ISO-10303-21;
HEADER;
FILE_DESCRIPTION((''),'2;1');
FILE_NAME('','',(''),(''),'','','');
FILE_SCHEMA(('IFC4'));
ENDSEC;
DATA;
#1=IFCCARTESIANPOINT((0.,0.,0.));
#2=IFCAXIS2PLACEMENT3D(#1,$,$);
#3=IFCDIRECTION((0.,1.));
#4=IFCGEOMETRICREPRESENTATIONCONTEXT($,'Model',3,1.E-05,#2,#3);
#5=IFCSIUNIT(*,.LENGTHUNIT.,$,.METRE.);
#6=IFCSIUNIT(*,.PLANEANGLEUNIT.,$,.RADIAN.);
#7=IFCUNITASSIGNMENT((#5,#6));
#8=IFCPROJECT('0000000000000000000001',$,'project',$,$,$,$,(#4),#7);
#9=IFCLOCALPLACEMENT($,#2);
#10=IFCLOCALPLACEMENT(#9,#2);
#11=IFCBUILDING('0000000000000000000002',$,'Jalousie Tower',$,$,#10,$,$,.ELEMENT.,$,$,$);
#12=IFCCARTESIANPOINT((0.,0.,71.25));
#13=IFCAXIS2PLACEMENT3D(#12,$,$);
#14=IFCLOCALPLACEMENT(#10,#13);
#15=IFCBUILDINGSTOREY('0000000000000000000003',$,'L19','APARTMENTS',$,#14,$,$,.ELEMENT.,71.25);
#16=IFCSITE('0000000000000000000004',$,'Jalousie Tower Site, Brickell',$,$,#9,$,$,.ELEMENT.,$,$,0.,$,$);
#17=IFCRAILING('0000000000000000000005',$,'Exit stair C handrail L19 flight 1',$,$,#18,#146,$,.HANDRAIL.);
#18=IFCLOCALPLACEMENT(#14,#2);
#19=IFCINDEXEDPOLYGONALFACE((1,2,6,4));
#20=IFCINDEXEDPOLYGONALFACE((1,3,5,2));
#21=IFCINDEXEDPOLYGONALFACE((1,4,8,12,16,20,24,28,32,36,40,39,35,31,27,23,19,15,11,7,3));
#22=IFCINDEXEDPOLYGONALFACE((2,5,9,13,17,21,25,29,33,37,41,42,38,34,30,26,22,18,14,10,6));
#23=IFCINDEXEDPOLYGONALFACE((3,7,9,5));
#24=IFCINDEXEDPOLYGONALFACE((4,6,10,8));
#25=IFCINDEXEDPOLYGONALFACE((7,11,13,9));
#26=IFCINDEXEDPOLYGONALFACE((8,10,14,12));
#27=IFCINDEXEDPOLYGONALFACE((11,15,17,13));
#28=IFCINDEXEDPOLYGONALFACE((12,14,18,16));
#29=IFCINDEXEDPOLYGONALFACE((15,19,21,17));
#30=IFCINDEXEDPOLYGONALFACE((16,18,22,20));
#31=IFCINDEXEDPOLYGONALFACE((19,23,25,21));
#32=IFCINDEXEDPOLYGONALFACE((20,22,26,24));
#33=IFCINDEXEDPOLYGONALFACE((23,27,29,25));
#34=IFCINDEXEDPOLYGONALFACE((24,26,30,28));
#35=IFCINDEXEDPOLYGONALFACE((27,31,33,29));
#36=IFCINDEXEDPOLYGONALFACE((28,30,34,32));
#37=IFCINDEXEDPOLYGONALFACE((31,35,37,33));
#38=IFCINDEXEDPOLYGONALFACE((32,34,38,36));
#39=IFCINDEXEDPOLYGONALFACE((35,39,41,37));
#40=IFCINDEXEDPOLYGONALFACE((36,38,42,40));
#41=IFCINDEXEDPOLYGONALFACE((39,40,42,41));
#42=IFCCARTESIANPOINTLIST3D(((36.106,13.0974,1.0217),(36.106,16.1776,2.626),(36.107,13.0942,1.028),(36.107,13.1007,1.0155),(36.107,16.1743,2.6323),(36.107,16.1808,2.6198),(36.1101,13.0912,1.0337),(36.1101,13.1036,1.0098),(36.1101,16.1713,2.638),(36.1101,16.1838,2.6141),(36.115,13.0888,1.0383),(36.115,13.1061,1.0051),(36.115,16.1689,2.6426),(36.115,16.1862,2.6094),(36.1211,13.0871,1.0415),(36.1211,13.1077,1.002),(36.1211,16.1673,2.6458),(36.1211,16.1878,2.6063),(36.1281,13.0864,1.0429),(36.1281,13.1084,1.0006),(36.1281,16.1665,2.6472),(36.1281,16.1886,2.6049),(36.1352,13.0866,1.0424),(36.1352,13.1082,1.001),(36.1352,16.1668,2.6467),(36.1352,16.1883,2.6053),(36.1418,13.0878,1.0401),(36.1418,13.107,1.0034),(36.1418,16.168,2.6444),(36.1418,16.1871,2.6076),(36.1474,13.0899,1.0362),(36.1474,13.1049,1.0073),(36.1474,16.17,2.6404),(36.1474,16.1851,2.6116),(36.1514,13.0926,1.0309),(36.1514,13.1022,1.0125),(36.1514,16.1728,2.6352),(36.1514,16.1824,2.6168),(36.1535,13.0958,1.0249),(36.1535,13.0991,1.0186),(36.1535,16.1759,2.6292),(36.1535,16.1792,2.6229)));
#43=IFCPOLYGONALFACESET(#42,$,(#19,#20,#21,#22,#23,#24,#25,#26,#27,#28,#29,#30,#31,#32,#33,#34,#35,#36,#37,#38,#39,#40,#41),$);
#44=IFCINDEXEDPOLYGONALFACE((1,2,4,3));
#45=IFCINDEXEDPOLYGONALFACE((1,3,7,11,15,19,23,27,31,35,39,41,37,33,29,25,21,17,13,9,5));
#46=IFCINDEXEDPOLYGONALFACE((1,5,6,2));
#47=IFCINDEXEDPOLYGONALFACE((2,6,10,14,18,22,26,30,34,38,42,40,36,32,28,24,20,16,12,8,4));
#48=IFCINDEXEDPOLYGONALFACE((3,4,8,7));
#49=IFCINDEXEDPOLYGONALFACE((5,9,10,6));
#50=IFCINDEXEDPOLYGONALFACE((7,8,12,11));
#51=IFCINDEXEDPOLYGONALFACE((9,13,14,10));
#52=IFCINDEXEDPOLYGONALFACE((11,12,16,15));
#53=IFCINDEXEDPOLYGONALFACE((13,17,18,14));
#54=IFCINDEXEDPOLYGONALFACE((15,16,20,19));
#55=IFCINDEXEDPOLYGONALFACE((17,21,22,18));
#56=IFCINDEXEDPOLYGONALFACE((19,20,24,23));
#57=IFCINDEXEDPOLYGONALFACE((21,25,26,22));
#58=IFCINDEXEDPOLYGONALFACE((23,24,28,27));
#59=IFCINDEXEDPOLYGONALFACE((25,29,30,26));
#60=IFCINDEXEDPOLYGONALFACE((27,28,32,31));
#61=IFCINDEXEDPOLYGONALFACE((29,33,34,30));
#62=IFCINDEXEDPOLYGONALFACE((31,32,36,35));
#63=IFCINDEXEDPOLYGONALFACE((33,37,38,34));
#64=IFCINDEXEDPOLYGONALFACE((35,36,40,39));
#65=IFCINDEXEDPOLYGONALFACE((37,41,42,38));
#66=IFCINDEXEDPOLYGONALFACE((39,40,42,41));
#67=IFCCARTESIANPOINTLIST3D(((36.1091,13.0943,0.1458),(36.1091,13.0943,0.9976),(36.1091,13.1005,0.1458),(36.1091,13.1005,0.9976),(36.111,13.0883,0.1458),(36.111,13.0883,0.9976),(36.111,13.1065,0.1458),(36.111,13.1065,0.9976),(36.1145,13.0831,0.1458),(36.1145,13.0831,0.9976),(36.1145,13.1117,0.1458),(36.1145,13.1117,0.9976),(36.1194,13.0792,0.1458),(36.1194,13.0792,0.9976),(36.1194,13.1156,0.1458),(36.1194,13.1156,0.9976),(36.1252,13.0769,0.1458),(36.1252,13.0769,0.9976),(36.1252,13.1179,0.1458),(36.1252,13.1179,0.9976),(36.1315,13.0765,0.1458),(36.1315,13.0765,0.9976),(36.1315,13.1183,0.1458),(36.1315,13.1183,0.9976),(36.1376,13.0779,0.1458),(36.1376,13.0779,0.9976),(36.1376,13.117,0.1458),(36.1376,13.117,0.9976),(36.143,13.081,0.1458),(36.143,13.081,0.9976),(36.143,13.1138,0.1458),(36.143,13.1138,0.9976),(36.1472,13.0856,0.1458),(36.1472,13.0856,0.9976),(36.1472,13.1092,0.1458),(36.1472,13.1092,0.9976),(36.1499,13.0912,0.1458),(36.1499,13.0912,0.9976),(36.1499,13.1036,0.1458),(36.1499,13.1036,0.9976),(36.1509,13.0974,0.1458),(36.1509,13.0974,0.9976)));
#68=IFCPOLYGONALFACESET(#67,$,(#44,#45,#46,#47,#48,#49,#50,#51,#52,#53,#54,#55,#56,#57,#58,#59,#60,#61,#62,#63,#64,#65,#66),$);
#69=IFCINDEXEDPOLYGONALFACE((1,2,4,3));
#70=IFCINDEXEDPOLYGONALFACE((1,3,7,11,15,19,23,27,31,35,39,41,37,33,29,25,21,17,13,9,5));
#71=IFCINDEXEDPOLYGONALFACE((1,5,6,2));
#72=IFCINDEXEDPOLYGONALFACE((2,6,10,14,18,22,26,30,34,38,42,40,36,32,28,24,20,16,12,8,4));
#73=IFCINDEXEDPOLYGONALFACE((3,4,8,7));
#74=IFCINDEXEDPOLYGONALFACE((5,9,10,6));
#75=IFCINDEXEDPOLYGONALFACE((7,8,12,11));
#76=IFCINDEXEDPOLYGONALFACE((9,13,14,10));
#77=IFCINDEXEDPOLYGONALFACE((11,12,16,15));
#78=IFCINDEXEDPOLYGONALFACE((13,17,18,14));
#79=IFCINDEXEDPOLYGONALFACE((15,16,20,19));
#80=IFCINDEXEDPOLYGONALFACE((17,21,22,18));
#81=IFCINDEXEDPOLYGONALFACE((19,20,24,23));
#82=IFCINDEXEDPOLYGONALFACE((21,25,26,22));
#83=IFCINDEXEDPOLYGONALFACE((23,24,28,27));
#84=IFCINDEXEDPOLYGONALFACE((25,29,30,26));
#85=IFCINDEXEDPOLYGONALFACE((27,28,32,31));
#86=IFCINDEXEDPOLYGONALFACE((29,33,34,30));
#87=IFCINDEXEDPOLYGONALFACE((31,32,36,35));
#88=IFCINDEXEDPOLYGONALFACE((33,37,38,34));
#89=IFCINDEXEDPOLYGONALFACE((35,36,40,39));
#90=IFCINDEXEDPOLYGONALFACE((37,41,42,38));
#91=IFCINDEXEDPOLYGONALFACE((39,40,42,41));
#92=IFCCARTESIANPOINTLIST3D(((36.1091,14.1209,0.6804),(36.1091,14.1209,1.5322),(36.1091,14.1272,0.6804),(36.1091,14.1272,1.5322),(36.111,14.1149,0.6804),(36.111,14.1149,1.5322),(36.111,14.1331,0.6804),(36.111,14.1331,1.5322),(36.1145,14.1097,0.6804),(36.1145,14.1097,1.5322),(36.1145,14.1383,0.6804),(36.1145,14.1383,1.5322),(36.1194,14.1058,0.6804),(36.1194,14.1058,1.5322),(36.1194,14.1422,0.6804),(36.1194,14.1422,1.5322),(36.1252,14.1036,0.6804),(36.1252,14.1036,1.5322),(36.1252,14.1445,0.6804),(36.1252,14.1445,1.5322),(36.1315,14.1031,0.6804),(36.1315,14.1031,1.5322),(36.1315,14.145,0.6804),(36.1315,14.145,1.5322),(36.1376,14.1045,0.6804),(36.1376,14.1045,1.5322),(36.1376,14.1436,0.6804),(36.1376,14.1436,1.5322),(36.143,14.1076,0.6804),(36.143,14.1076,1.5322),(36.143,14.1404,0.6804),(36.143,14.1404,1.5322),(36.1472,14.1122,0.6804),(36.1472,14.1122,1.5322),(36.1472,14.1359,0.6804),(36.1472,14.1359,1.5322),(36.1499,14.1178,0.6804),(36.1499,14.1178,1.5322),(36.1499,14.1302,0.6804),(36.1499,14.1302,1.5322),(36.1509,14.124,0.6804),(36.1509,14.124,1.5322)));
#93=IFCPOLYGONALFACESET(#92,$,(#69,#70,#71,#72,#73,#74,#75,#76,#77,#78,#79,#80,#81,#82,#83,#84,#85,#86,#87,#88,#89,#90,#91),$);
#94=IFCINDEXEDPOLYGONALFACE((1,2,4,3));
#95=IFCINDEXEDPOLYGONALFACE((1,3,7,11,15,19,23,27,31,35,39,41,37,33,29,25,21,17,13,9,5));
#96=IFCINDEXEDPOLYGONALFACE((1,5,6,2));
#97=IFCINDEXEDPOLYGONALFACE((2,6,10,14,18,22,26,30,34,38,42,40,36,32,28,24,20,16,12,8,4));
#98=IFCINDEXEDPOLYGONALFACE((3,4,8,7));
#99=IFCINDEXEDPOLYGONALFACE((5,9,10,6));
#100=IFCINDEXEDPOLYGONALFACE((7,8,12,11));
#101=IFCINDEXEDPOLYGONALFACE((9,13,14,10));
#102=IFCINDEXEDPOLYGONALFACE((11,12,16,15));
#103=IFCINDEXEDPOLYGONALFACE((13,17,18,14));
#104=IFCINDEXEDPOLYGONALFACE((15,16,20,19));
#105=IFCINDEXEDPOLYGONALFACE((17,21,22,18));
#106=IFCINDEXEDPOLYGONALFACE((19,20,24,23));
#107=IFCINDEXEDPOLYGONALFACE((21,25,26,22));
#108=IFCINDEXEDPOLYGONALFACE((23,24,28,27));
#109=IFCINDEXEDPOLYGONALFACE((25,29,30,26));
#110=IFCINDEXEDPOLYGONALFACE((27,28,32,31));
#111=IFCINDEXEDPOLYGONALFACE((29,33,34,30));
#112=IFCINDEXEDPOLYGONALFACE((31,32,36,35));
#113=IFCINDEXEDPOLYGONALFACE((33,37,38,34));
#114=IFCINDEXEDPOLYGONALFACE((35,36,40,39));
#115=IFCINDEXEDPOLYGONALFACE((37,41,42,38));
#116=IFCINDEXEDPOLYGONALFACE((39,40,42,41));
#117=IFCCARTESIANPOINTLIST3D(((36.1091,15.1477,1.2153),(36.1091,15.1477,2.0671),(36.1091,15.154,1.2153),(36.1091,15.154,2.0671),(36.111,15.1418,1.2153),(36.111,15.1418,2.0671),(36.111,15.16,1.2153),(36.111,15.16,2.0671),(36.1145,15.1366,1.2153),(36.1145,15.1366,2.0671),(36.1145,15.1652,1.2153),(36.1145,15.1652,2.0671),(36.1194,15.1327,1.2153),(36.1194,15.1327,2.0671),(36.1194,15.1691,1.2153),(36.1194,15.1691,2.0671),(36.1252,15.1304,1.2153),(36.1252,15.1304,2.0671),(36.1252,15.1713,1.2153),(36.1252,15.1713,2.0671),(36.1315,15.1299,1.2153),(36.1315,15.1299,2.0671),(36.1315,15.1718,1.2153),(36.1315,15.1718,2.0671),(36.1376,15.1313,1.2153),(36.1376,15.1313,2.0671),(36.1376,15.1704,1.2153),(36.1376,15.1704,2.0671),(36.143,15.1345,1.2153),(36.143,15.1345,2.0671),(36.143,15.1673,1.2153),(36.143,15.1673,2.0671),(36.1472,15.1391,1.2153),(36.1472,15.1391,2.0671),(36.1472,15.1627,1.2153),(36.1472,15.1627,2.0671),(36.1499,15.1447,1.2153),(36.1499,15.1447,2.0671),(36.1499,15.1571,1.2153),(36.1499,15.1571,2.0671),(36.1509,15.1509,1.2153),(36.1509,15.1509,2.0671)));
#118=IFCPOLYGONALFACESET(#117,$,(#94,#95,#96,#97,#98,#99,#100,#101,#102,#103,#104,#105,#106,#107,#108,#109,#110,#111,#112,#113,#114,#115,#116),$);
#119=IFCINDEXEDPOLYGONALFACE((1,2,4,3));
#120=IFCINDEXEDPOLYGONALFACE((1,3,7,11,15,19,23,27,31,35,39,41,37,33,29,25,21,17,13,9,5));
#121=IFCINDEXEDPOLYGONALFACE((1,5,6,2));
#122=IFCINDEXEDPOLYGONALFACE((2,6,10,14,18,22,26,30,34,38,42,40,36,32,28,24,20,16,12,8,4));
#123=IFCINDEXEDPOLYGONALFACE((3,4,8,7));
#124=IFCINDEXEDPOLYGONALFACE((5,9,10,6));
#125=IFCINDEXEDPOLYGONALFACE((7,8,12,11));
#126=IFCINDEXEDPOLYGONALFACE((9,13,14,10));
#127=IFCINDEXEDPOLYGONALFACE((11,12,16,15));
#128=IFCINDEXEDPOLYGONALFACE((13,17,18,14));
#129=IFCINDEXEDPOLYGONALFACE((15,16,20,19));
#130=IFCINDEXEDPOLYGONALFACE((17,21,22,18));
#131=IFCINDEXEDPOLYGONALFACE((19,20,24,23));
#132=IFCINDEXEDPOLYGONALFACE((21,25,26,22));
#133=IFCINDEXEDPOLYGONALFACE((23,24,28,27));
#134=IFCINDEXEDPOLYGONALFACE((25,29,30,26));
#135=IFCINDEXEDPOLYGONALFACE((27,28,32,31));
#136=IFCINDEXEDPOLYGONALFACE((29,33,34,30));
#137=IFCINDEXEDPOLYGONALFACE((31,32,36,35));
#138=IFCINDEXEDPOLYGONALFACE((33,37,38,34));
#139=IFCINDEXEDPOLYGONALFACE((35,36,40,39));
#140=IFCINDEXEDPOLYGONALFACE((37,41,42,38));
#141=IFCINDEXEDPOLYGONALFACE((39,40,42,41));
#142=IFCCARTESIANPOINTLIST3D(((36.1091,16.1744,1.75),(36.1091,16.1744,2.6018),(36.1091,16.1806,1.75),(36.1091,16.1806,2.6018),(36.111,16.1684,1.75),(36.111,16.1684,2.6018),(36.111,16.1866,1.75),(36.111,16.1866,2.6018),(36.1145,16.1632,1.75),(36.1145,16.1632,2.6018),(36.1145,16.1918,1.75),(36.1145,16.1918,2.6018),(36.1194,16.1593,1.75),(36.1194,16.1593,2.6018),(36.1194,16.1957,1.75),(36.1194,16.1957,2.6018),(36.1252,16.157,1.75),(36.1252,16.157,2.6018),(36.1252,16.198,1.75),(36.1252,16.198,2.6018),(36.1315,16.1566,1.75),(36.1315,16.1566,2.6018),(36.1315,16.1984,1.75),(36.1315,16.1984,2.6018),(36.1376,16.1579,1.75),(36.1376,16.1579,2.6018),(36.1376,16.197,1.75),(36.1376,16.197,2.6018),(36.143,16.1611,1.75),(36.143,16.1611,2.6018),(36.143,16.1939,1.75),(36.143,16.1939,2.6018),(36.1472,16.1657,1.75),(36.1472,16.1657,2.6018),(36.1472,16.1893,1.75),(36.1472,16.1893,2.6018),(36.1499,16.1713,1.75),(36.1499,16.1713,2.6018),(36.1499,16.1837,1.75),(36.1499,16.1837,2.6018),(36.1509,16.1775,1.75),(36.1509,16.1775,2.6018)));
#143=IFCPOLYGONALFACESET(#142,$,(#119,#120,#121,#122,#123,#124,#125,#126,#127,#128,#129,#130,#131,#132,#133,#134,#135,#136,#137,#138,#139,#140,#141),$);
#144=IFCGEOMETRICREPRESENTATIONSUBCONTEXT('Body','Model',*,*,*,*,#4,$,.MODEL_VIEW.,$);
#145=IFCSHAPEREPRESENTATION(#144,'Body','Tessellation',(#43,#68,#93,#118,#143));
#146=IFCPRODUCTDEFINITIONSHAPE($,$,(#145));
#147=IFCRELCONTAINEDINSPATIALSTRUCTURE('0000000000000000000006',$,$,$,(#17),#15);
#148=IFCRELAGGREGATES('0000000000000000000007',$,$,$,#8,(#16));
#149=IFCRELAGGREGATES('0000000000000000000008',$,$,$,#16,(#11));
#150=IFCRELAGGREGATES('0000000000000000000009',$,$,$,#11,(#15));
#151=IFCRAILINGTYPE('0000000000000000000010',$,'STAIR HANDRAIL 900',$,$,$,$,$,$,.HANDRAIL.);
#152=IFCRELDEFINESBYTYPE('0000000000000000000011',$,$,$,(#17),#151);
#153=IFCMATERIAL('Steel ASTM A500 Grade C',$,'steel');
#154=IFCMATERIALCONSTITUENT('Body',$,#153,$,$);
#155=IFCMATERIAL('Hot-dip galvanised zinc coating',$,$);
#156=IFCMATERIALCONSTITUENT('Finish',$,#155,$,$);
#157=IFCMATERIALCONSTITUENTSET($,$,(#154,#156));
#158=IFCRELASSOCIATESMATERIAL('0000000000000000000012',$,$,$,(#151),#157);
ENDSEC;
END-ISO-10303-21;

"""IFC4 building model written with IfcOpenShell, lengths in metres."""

from ifc_helpers import new_model, si_unit, direction, frame, origin, origin_2d, place, context, subcontext, project, spatial, circle, extrude, material, constituent, constituent_set, type_object, element, save


model = new_model("IFC4")

# Units and contexts
model_context = context("Model", 3, precision=1e-05, world=origin(), true_north=direction((0.0, 1.0)))
body_context = subcontext(model_context, "Body", "Model", "MODEL_VIEW")
ifc_project = project(units=[si_unit("LENGTHUNIT", "METRE"), si_unit("PLANEANGLEUNIT", "RADIAN")], contexts=[model_context])

# Site, building, storey
site_placement = place(None, origin())
site = spatial("IfcSite", under=ifc_project, at=site_placement, Name="Jalousie Tower Site, Brickell", CompositionType="ELEMENT", RefElevation=0.0)
building_placement = place(site_placement, origin())
building = spatial("IfcBuilding", under=site, at=building_placement, Name="Jalousie Tower", CompositionType="ELEMENT")
storey_placement = place(building_placement, frame((0.0, 0.0, 71.25)))
storey = spatial("IfcBuildingStorey", under=building, at=storey_placement, Name="L19", Description="APARTMENTS", CompositionType="ELEMENT", Elevation=71.25)

# Railing
ifc_material_1 = material(Name="Steel ASTM A500 Grade C", Category="steel")
ifc_constituent_1 = constituent(ifc_material_1, Name="Body")
ifc_material_2 = material(Name="Hot-dip galvanised zinc coating")
ifc_constituent_2 = constituent(ifc_material_2, Name="Finish")
ifc_constituent_set_1 = constituent_set(constituents=[ifc_constituent_1, ifc_constituent_2])
railing_type_1 = type_object("IfcRailingType", Name="STAIR HANDRAIL 900", PredefinedType="HANDRAIL", material=ifc_constituent_set_1)
railing_1_placement = place(storey_placement, frame((36.1299, 13.0974, 0.1458)))
element("IfcRailing", 1, at=railing_1_placement, inside=storey, type_object=railing_type_1, Name="Exit stair C handrail L19 flight 1", PredefinedType="HANDRAIL", context=body_context, shape_type="SweptSolid", body=[
    extrude(circle(Radius=0.0239, at=origin_2d()), frame((0.0, 0.0, 0.876), z_axis=(0.0, 0.886909, 0.461944), x_axis=(-1.0, 0.0, 0.0)), (0.0, 0.0, 1.0), 3.4729),
    extrude(circle(Radius=0.021, at=origin_2d()), origin(), (0.0, 0.0, 1.0), 0.8518),
    extrude(circle(Radius=0.021, at=origin_2d()), frame((0.0, 1.0266, 0.5347)), (0.0, 0.0, 1.0), 0.8518),
    extrude(circle(Radius=0.021, at=origin_2d()), frame((0.0, 2.0535, 1.0696)), (0.0, 0.0, 1.0), 0.8518),
    extrude(circle(Radius=0.021, at=origin_2d()), frame((0.0, 3.0801, 1.6042)), (0.0, 0.0, 1.0), 0.8518),
])

save(model, "model.ifc")
